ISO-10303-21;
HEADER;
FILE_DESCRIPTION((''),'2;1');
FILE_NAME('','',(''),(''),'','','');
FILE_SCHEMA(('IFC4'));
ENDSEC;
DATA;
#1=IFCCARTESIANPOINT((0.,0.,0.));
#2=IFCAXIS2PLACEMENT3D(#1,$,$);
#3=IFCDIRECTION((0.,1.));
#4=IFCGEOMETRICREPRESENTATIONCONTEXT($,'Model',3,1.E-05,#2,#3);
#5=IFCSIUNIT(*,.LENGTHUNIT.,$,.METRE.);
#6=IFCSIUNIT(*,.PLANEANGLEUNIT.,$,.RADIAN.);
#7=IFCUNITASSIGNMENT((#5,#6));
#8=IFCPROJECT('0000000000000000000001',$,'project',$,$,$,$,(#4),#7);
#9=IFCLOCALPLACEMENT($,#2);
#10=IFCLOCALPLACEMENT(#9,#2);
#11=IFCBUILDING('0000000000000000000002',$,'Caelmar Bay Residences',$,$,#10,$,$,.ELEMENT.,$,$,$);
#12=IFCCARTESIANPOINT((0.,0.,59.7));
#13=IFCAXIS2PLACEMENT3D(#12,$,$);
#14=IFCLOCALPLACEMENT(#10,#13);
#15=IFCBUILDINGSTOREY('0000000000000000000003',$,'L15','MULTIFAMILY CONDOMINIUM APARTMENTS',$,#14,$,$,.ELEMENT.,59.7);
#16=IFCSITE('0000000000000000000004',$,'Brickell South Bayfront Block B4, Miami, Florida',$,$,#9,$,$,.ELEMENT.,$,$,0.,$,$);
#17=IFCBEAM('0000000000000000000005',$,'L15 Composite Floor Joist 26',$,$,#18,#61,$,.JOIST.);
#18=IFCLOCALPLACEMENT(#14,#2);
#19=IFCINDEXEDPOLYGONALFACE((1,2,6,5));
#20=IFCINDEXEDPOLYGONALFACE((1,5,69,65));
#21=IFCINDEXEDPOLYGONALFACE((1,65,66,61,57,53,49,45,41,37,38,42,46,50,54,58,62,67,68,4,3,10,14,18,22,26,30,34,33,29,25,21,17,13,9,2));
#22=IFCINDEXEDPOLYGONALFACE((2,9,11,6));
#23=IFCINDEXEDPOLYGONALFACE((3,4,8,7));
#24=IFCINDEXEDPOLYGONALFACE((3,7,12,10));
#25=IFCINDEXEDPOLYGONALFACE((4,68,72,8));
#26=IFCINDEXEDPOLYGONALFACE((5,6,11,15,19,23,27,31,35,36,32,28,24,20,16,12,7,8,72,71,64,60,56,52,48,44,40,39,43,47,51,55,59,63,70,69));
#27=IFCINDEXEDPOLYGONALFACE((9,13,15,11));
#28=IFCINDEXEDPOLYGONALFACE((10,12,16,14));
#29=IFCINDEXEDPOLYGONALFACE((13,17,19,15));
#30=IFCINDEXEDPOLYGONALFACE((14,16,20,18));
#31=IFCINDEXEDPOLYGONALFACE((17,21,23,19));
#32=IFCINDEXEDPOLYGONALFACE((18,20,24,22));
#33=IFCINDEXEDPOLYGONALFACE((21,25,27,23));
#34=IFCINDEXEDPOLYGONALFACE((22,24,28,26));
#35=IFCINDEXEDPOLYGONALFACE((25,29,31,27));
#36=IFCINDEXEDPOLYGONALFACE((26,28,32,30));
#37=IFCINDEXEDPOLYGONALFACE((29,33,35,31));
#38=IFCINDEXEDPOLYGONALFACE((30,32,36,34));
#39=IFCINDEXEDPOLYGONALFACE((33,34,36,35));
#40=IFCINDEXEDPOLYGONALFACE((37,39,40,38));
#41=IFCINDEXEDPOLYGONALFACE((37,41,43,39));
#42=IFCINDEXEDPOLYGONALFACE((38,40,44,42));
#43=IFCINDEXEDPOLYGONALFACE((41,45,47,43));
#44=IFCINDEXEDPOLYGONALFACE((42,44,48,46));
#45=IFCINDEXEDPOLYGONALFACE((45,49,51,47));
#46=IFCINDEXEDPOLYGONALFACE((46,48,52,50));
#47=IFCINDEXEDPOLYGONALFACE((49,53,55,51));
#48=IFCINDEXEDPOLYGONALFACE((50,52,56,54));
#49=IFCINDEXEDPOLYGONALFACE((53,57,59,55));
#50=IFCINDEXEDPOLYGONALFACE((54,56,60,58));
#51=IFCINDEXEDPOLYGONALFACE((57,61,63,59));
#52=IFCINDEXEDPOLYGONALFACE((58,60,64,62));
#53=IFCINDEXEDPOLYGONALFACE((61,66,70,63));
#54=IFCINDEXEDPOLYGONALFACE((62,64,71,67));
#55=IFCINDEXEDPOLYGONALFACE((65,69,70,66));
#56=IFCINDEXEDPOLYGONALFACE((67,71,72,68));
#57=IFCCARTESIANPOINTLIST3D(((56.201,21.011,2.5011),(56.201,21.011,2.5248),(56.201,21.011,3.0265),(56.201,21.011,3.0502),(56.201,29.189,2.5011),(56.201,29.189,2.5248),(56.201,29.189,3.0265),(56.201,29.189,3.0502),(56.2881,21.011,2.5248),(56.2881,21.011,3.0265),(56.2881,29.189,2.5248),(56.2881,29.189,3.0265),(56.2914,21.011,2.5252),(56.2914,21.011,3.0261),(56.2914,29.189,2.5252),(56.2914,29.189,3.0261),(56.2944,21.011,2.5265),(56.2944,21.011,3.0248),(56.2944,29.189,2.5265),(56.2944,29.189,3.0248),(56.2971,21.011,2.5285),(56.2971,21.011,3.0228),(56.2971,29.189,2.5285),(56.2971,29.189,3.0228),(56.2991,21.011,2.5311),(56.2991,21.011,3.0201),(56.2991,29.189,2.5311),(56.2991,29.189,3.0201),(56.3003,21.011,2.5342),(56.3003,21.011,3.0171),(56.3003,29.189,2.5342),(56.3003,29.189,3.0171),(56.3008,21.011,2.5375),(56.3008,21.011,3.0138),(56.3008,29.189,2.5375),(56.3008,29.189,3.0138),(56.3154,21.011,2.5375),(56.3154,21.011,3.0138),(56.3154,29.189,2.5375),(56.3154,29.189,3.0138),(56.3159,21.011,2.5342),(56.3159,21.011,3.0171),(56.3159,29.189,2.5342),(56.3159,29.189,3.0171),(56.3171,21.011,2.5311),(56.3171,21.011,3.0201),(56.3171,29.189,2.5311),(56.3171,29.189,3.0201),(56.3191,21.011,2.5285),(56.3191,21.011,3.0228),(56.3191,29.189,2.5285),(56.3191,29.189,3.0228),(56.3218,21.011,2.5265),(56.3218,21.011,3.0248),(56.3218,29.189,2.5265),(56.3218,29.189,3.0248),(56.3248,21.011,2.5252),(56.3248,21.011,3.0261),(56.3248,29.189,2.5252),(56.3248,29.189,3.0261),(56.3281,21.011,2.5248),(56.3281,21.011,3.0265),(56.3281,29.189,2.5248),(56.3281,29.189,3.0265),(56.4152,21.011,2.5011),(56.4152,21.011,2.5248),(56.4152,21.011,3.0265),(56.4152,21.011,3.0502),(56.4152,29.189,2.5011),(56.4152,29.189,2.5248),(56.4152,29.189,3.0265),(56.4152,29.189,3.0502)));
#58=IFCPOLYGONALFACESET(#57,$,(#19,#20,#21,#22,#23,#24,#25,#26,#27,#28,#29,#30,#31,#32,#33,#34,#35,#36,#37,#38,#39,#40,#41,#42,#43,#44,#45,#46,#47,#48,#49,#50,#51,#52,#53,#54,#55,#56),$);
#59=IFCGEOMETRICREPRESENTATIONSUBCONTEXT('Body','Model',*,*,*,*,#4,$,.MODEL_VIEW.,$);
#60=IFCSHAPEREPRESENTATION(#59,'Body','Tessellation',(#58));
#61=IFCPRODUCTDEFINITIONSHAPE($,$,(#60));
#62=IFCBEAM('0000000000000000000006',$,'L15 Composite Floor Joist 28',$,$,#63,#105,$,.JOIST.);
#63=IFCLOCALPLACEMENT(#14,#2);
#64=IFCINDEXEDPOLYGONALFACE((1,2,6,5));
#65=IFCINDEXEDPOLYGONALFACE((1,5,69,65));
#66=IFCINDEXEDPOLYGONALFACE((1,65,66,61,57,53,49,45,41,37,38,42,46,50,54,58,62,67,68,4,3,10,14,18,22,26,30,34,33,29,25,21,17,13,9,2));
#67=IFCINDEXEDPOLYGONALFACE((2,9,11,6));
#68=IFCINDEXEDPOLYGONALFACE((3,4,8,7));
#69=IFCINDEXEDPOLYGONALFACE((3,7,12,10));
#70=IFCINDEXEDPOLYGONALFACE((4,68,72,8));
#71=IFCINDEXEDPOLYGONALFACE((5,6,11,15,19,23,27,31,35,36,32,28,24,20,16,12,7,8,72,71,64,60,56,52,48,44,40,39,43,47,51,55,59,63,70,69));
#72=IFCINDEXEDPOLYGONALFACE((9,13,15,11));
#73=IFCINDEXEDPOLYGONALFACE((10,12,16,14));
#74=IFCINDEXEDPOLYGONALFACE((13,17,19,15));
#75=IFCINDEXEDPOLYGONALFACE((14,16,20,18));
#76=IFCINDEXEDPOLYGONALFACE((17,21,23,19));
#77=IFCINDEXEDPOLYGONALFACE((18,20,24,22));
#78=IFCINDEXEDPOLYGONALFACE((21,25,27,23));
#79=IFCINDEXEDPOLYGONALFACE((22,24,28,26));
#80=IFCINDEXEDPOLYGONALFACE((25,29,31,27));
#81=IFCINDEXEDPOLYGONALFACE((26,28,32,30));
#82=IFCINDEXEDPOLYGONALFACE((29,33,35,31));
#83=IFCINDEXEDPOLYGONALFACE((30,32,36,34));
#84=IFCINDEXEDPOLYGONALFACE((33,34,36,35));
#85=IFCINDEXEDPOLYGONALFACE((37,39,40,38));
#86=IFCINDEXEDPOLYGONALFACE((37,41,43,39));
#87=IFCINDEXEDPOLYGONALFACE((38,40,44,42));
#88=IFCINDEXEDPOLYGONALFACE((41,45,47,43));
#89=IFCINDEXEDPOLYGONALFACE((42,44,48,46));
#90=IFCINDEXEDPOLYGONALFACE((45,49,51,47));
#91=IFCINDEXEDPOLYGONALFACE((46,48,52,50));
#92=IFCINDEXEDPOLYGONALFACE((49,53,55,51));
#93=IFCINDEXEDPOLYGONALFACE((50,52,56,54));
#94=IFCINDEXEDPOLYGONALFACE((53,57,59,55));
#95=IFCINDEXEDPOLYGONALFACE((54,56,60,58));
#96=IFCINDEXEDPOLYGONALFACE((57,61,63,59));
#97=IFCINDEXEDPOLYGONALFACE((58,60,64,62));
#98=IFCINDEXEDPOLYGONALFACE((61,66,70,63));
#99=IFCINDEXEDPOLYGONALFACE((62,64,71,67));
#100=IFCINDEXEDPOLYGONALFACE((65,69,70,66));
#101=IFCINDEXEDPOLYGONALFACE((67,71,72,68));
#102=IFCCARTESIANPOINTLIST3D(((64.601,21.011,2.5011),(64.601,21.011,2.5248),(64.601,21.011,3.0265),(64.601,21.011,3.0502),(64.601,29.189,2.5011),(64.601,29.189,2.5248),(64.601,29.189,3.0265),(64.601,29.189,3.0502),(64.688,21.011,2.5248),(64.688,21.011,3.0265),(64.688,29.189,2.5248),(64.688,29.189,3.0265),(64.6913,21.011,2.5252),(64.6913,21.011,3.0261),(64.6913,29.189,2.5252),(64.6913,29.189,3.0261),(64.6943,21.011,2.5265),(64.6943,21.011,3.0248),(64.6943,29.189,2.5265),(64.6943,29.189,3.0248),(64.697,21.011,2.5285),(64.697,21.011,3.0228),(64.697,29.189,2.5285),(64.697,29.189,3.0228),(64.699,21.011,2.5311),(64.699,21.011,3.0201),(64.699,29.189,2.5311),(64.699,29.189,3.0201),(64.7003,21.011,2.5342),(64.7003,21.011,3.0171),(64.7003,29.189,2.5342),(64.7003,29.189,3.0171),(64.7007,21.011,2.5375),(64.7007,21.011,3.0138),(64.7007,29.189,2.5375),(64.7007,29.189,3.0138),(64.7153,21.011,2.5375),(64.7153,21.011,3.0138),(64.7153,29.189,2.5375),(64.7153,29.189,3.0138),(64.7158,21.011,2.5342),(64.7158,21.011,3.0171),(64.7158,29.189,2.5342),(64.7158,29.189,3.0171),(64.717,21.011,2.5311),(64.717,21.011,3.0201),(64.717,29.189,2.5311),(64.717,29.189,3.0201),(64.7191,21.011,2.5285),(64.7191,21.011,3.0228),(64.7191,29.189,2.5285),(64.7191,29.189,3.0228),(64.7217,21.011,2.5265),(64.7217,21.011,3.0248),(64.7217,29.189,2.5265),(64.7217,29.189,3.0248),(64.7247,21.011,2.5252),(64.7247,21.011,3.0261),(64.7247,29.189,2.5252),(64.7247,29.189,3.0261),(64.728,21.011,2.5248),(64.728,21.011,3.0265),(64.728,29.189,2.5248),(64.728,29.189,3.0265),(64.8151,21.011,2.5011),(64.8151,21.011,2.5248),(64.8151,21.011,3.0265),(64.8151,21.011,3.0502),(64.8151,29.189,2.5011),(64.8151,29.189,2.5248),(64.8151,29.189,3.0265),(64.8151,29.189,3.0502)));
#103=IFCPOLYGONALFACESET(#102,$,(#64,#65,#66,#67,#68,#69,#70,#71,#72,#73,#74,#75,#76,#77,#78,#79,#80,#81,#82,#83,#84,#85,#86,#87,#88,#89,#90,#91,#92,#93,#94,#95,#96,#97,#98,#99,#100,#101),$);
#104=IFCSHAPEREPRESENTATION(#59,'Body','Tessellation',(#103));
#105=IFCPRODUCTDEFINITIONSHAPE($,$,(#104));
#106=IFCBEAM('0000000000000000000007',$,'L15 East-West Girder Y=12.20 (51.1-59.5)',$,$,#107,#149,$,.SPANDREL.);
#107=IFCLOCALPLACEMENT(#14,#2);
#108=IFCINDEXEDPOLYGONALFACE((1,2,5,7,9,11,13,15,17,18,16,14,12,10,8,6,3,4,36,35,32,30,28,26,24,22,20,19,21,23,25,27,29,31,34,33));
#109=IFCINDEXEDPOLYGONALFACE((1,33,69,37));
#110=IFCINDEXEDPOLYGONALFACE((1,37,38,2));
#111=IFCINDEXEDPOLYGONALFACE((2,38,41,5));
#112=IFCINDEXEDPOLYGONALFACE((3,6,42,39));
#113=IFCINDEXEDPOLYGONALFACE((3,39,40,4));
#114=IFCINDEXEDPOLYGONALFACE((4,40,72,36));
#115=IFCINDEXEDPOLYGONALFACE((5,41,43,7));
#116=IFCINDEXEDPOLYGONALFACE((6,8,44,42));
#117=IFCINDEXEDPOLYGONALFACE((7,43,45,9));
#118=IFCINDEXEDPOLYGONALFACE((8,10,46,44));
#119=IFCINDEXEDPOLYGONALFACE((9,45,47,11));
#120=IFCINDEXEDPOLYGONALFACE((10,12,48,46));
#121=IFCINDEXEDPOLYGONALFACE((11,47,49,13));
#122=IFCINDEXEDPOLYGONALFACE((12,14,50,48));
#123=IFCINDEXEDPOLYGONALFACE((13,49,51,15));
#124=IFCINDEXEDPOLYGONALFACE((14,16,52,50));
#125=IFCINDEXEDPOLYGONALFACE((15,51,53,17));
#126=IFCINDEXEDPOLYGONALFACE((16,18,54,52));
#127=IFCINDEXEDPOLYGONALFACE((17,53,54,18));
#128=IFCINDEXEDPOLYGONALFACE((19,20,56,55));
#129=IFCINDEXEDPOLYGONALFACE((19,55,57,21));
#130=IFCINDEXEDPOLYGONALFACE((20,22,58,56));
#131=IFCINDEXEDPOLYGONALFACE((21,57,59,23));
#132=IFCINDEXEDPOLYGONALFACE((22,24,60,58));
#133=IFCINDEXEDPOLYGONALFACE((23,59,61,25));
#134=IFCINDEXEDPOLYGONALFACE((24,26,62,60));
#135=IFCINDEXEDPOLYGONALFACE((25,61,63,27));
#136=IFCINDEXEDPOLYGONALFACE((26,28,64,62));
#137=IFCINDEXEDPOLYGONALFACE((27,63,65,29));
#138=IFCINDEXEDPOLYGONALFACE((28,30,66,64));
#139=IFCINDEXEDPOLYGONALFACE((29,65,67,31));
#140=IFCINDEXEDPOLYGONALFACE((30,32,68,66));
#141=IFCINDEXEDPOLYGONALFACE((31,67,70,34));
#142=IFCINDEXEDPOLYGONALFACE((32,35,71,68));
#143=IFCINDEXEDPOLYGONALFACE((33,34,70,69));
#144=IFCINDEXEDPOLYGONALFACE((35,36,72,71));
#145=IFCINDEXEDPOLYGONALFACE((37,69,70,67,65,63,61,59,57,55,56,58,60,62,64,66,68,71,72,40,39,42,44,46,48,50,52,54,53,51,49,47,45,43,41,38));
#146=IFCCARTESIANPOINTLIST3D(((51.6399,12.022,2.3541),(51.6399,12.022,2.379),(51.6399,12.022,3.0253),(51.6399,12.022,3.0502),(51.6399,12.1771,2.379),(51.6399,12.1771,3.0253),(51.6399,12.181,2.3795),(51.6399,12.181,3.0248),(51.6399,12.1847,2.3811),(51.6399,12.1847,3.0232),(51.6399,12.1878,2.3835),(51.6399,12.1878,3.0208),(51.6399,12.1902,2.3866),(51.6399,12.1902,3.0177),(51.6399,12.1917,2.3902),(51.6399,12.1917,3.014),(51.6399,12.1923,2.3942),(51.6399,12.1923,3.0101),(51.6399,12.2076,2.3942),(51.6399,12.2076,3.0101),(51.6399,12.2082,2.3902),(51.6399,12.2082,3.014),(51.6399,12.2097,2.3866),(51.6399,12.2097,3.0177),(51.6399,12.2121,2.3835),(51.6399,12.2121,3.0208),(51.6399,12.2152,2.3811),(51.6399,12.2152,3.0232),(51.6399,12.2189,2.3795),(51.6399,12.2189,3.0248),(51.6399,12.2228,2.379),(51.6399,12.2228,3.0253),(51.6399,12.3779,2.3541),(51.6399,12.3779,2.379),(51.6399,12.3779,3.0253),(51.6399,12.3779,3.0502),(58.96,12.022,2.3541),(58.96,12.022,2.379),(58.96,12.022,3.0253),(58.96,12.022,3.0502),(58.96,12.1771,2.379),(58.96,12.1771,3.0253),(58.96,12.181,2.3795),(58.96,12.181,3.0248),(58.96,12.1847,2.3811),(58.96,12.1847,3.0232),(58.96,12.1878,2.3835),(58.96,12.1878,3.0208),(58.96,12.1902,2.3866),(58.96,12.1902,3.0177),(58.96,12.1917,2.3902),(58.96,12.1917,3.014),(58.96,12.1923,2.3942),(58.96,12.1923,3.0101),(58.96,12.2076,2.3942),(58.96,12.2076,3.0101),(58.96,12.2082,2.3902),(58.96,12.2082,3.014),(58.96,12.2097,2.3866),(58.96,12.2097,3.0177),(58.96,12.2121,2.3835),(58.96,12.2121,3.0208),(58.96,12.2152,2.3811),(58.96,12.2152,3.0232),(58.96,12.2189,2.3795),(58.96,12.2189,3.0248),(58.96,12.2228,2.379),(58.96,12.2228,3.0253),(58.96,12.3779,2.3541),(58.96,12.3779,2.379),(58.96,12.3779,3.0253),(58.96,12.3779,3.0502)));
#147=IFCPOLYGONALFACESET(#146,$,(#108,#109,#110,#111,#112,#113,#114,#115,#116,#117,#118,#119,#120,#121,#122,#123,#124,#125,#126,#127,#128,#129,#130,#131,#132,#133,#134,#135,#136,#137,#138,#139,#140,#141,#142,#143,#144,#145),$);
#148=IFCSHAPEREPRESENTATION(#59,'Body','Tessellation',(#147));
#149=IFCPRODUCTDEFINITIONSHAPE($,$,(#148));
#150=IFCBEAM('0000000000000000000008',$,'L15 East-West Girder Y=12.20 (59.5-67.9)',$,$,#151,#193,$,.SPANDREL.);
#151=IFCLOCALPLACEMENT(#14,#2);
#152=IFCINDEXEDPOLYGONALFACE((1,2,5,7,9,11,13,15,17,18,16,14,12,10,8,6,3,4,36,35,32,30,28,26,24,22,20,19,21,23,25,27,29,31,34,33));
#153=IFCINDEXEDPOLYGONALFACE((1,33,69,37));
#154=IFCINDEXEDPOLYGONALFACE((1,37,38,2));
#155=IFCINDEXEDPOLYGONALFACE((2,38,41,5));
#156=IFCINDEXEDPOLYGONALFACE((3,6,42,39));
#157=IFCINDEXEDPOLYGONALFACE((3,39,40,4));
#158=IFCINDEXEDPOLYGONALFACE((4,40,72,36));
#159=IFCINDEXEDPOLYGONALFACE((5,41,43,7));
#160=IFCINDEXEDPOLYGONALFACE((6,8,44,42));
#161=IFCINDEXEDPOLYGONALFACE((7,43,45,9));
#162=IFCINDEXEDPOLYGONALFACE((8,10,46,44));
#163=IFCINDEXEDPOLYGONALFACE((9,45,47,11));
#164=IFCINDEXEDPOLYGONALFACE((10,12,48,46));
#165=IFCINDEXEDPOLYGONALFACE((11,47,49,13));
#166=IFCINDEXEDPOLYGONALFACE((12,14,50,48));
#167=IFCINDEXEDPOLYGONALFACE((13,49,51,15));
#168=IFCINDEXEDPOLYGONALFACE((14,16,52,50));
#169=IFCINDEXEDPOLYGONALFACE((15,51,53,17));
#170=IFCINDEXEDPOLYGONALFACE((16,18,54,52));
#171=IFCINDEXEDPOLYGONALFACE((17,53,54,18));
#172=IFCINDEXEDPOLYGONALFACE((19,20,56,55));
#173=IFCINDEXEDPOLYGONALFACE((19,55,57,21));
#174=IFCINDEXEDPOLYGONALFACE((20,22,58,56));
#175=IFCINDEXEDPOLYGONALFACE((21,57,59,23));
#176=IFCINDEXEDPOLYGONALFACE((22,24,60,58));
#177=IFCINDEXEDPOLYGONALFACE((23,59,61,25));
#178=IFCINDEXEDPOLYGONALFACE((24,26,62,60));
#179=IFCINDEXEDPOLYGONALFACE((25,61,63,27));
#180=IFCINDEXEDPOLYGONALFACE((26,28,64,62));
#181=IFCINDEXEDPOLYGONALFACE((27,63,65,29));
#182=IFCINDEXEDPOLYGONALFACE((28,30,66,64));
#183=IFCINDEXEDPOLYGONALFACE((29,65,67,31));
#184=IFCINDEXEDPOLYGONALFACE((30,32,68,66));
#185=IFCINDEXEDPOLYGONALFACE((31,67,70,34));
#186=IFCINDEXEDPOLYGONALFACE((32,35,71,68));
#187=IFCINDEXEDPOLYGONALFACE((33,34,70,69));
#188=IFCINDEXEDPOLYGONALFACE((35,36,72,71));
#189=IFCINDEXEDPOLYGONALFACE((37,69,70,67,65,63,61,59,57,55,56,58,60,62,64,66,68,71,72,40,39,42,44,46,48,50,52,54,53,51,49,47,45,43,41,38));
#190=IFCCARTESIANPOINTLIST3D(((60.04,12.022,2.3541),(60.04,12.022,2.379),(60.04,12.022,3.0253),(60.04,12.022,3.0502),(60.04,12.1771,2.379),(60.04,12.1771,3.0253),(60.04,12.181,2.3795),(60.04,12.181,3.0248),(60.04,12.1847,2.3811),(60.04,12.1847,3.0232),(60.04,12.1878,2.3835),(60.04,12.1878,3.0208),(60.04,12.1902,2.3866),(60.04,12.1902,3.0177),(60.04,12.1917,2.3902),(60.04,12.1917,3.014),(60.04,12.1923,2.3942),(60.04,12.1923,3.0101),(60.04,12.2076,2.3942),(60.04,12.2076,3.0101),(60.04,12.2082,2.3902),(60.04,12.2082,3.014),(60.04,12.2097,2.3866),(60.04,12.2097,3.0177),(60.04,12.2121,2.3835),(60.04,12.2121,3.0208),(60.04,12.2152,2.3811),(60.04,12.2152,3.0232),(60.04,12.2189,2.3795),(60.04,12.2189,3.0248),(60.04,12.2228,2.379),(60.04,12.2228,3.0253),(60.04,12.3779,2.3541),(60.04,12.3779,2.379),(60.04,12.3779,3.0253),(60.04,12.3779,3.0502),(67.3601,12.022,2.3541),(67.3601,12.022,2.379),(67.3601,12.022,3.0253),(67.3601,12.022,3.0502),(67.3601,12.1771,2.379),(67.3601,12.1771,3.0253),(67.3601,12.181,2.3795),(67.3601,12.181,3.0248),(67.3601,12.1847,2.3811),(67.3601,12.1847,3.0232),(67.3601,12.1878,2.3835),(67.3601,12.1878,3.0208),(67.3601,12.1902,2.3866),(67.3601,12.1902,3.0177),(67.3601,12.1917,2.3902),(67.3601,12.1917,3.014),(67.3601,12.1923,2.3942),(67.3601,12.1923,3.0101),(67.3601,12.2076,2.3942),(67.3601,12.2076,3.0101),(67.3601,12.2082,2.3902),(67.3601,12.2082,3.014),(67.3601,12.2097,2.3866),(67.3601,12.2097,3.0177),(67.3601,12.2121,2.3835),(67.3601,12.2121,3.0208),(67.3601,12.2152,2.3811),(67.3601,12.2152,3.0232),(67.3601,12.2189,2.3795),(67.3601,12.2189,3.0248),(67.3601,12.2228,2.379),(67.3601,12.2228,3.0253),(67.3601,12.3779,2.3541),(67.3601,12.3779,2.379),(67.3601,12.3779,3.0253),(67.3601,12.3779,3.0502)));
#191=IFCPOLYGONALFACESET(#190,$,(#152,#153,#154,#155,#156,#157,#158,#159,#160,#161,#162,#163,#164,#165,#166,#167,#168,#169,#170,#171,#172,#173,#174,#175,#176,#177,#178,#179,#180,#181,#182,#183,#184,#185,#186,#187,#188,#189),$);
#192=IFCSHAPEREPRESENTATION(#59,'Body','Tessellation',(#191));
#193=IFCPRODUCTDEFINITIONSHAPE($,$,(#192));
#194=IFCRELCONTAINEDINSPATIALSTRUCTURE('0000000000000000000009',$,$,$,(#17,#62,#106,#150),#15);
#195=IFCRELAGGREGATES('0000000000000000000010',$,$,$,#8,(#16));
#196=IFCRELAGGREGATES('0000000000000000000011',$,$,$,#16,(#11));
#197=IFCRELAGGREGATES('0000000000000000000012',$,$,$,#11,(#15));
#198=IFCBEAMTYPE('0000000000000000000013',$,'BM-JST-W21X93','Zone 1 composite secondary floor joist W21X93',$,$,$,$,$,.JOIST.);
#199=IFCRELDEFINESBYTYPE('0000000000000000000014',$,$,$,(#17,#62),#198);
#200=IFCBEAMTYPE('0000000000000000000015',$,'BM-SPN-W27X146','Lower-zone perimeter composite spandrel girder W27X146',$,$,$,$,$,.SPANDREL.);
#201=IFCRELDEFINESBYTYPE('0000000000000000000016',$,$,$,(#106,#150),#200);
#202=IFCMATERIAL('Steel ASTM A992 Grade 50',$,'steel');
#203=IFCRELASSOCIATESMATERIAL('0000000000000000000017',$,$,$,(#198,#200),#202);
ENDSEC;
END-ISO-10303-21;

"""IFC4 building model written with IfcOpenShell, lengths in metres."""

from ifc_helpers import new_model, si_unit, direction, frame, origin, origin_2d, place, context, subcontext, project, spatial, i_section, extrude, material, material_profile, profile_set, type_object, element, save


model = new_model("IFC4")

# Units and contexts
model_context = context("Model", 3, precision=1e-05, world=origin(), true_north=direction((0.0, 1.0)))
body_context = subcontext(model_context, "Body", "Model", "MODEL_VIEW")
ifc_project = project(units=[si_unit("LENGTHUNIT", "METRE"), si_unit("PLANEANGLEUNIT", "RADIAN")], contexts=[model_context])

# Site, building, storey
site_placement = place(None, origin())
site = spatial("IfcSite", under=ifc_project, at=site_placement, Name="Brickell South Bayfront Block B4, Miami, Florida", CompositionType="ELEMENT", RefElevation=0.0)
building_placement = place(site_placement, origin())
building = spatial("IfcBuilding", under=site, at=building_placement, Name="Caelmar Bay Residences", CompositionType="ELEMENT")
storey_placement = place(building_placement, frame((0.0, 0.0, 59.7)))
storey = spatial("IfcBuildingStorey", under=building, at=storey_placement, Name="L15", Description="MULTIFAMILY CONDOMINIUM APARTMENTS", CompositionType="ELEMENT", Elevation=59.7)

# Beams
ifc_material_1 = material(Name="Steel ASTM A992 Grade 50", Category="steel")
ifc_material_profile_1 = material_profile(ifc_material_1, i_section(OverallWidth=0.2141, OverallDepth=0.5491, WebThickness=0.0146, FlangeThickness=0.0237, FilletRadius=0.0127, at=origin_2d()), Name="W21X93")
ifc_profile_set_1 = profile_set([ifc_material_profile_1], Name="Steel ASTM A992 Grade 50")
beam_type_1 = type_object("IfcBeamType", Name="BM-JST-W21X93", Description="Zone 1 composite secondary floor joist W21X93", PredefinedType="JOIST", material=ifc_profile_set_1)
for number, where, z_axis, x_axis, name in (
    (1, (56.3081, 21.011, 2.7756), (0.0, 1.0, 0.0), (-1.0, 0.0, 0.0), "L15 Composite Floor Joist 26"),
    (2, (64.708, 21.011, 2.7756), (0.0, 1.0, 0.0), (-1.0, 0.0, 0.0), "L15 Composite Floor Joist 28"),
):
    element("IfcBeam", number, at=place(storey_placement, frame(where, z_axis=z_axis, x_axis=x_axis)), inside=storey, type_object=beam_type_1, Name=name, PredefinedType="JOIST", context=body_context, shape_type="SweptSolid", body=[
        extrude(i_section(OverallWidth=0.2141, OverallDepth=0.5491, WebThickness=0.0146, FlangeThickness=0.0237, FilletRadius=0.0127, at=origin_2d()), origin(), (0.0, 0.0, 1.0), 8.178),
    ])
ifc_material_profile_2 = material_profile(ifc_material_1, i_section(OverallWidth=0.356, OverallDepth=0.696, WebThickness=0.0154, FlangeThickness=0.0249, FilletRadius=0.0151, at=origin_2d()), Name="W27X146")
ifc_profile_set_2 = profile_set([ifc_material_profile_2], Name="Steel ASTM A992 Grade 50")
beam_type_2 = type_object("IfcBeamType", Name="BM-SPN-W27X146", Description="Lower-zone perimeter composite spandrel girder W27X146", PredefinedType="SPANDREL", material=ifc_profile_set_2)
for number, where, z_axis, x_axis, name in (
    (3, (51.6399, 12.2, 2.7021), (1.0, 0.0, 0.0), (0.0, 1.0, 0.0), "L15 East-West Girder Y=12.20 (51.1-59.5)"),
    (4, (60.04, 12.2, 2.7021), (1.0, 0.0, 0.0), (0.0, 1.0, 0.0), "L15 East-West Girder Y=12.20 (59.5-67.9)"),
):
    element("IfcBeam", number, at=place(storey_placement, frame(where, z_axis=z_axis, x_axis=x_axis)), inside=storey, type_object=beam_type_2, Name=name, PredefinedType="SPANDREL", context=body_context, shape_type="SweptSolid", body=[
        extrude(i_section(OverallWidth=0.356, OverallDepth=0.696, WebThickness=0.0154, FlangeThickness=0.0249, FilletRadius=0.0151, at=origin_2d()), origin(), (0.0, 0.0, 1.0), 7.3201),
    ])

save(model, "model.ifc")
